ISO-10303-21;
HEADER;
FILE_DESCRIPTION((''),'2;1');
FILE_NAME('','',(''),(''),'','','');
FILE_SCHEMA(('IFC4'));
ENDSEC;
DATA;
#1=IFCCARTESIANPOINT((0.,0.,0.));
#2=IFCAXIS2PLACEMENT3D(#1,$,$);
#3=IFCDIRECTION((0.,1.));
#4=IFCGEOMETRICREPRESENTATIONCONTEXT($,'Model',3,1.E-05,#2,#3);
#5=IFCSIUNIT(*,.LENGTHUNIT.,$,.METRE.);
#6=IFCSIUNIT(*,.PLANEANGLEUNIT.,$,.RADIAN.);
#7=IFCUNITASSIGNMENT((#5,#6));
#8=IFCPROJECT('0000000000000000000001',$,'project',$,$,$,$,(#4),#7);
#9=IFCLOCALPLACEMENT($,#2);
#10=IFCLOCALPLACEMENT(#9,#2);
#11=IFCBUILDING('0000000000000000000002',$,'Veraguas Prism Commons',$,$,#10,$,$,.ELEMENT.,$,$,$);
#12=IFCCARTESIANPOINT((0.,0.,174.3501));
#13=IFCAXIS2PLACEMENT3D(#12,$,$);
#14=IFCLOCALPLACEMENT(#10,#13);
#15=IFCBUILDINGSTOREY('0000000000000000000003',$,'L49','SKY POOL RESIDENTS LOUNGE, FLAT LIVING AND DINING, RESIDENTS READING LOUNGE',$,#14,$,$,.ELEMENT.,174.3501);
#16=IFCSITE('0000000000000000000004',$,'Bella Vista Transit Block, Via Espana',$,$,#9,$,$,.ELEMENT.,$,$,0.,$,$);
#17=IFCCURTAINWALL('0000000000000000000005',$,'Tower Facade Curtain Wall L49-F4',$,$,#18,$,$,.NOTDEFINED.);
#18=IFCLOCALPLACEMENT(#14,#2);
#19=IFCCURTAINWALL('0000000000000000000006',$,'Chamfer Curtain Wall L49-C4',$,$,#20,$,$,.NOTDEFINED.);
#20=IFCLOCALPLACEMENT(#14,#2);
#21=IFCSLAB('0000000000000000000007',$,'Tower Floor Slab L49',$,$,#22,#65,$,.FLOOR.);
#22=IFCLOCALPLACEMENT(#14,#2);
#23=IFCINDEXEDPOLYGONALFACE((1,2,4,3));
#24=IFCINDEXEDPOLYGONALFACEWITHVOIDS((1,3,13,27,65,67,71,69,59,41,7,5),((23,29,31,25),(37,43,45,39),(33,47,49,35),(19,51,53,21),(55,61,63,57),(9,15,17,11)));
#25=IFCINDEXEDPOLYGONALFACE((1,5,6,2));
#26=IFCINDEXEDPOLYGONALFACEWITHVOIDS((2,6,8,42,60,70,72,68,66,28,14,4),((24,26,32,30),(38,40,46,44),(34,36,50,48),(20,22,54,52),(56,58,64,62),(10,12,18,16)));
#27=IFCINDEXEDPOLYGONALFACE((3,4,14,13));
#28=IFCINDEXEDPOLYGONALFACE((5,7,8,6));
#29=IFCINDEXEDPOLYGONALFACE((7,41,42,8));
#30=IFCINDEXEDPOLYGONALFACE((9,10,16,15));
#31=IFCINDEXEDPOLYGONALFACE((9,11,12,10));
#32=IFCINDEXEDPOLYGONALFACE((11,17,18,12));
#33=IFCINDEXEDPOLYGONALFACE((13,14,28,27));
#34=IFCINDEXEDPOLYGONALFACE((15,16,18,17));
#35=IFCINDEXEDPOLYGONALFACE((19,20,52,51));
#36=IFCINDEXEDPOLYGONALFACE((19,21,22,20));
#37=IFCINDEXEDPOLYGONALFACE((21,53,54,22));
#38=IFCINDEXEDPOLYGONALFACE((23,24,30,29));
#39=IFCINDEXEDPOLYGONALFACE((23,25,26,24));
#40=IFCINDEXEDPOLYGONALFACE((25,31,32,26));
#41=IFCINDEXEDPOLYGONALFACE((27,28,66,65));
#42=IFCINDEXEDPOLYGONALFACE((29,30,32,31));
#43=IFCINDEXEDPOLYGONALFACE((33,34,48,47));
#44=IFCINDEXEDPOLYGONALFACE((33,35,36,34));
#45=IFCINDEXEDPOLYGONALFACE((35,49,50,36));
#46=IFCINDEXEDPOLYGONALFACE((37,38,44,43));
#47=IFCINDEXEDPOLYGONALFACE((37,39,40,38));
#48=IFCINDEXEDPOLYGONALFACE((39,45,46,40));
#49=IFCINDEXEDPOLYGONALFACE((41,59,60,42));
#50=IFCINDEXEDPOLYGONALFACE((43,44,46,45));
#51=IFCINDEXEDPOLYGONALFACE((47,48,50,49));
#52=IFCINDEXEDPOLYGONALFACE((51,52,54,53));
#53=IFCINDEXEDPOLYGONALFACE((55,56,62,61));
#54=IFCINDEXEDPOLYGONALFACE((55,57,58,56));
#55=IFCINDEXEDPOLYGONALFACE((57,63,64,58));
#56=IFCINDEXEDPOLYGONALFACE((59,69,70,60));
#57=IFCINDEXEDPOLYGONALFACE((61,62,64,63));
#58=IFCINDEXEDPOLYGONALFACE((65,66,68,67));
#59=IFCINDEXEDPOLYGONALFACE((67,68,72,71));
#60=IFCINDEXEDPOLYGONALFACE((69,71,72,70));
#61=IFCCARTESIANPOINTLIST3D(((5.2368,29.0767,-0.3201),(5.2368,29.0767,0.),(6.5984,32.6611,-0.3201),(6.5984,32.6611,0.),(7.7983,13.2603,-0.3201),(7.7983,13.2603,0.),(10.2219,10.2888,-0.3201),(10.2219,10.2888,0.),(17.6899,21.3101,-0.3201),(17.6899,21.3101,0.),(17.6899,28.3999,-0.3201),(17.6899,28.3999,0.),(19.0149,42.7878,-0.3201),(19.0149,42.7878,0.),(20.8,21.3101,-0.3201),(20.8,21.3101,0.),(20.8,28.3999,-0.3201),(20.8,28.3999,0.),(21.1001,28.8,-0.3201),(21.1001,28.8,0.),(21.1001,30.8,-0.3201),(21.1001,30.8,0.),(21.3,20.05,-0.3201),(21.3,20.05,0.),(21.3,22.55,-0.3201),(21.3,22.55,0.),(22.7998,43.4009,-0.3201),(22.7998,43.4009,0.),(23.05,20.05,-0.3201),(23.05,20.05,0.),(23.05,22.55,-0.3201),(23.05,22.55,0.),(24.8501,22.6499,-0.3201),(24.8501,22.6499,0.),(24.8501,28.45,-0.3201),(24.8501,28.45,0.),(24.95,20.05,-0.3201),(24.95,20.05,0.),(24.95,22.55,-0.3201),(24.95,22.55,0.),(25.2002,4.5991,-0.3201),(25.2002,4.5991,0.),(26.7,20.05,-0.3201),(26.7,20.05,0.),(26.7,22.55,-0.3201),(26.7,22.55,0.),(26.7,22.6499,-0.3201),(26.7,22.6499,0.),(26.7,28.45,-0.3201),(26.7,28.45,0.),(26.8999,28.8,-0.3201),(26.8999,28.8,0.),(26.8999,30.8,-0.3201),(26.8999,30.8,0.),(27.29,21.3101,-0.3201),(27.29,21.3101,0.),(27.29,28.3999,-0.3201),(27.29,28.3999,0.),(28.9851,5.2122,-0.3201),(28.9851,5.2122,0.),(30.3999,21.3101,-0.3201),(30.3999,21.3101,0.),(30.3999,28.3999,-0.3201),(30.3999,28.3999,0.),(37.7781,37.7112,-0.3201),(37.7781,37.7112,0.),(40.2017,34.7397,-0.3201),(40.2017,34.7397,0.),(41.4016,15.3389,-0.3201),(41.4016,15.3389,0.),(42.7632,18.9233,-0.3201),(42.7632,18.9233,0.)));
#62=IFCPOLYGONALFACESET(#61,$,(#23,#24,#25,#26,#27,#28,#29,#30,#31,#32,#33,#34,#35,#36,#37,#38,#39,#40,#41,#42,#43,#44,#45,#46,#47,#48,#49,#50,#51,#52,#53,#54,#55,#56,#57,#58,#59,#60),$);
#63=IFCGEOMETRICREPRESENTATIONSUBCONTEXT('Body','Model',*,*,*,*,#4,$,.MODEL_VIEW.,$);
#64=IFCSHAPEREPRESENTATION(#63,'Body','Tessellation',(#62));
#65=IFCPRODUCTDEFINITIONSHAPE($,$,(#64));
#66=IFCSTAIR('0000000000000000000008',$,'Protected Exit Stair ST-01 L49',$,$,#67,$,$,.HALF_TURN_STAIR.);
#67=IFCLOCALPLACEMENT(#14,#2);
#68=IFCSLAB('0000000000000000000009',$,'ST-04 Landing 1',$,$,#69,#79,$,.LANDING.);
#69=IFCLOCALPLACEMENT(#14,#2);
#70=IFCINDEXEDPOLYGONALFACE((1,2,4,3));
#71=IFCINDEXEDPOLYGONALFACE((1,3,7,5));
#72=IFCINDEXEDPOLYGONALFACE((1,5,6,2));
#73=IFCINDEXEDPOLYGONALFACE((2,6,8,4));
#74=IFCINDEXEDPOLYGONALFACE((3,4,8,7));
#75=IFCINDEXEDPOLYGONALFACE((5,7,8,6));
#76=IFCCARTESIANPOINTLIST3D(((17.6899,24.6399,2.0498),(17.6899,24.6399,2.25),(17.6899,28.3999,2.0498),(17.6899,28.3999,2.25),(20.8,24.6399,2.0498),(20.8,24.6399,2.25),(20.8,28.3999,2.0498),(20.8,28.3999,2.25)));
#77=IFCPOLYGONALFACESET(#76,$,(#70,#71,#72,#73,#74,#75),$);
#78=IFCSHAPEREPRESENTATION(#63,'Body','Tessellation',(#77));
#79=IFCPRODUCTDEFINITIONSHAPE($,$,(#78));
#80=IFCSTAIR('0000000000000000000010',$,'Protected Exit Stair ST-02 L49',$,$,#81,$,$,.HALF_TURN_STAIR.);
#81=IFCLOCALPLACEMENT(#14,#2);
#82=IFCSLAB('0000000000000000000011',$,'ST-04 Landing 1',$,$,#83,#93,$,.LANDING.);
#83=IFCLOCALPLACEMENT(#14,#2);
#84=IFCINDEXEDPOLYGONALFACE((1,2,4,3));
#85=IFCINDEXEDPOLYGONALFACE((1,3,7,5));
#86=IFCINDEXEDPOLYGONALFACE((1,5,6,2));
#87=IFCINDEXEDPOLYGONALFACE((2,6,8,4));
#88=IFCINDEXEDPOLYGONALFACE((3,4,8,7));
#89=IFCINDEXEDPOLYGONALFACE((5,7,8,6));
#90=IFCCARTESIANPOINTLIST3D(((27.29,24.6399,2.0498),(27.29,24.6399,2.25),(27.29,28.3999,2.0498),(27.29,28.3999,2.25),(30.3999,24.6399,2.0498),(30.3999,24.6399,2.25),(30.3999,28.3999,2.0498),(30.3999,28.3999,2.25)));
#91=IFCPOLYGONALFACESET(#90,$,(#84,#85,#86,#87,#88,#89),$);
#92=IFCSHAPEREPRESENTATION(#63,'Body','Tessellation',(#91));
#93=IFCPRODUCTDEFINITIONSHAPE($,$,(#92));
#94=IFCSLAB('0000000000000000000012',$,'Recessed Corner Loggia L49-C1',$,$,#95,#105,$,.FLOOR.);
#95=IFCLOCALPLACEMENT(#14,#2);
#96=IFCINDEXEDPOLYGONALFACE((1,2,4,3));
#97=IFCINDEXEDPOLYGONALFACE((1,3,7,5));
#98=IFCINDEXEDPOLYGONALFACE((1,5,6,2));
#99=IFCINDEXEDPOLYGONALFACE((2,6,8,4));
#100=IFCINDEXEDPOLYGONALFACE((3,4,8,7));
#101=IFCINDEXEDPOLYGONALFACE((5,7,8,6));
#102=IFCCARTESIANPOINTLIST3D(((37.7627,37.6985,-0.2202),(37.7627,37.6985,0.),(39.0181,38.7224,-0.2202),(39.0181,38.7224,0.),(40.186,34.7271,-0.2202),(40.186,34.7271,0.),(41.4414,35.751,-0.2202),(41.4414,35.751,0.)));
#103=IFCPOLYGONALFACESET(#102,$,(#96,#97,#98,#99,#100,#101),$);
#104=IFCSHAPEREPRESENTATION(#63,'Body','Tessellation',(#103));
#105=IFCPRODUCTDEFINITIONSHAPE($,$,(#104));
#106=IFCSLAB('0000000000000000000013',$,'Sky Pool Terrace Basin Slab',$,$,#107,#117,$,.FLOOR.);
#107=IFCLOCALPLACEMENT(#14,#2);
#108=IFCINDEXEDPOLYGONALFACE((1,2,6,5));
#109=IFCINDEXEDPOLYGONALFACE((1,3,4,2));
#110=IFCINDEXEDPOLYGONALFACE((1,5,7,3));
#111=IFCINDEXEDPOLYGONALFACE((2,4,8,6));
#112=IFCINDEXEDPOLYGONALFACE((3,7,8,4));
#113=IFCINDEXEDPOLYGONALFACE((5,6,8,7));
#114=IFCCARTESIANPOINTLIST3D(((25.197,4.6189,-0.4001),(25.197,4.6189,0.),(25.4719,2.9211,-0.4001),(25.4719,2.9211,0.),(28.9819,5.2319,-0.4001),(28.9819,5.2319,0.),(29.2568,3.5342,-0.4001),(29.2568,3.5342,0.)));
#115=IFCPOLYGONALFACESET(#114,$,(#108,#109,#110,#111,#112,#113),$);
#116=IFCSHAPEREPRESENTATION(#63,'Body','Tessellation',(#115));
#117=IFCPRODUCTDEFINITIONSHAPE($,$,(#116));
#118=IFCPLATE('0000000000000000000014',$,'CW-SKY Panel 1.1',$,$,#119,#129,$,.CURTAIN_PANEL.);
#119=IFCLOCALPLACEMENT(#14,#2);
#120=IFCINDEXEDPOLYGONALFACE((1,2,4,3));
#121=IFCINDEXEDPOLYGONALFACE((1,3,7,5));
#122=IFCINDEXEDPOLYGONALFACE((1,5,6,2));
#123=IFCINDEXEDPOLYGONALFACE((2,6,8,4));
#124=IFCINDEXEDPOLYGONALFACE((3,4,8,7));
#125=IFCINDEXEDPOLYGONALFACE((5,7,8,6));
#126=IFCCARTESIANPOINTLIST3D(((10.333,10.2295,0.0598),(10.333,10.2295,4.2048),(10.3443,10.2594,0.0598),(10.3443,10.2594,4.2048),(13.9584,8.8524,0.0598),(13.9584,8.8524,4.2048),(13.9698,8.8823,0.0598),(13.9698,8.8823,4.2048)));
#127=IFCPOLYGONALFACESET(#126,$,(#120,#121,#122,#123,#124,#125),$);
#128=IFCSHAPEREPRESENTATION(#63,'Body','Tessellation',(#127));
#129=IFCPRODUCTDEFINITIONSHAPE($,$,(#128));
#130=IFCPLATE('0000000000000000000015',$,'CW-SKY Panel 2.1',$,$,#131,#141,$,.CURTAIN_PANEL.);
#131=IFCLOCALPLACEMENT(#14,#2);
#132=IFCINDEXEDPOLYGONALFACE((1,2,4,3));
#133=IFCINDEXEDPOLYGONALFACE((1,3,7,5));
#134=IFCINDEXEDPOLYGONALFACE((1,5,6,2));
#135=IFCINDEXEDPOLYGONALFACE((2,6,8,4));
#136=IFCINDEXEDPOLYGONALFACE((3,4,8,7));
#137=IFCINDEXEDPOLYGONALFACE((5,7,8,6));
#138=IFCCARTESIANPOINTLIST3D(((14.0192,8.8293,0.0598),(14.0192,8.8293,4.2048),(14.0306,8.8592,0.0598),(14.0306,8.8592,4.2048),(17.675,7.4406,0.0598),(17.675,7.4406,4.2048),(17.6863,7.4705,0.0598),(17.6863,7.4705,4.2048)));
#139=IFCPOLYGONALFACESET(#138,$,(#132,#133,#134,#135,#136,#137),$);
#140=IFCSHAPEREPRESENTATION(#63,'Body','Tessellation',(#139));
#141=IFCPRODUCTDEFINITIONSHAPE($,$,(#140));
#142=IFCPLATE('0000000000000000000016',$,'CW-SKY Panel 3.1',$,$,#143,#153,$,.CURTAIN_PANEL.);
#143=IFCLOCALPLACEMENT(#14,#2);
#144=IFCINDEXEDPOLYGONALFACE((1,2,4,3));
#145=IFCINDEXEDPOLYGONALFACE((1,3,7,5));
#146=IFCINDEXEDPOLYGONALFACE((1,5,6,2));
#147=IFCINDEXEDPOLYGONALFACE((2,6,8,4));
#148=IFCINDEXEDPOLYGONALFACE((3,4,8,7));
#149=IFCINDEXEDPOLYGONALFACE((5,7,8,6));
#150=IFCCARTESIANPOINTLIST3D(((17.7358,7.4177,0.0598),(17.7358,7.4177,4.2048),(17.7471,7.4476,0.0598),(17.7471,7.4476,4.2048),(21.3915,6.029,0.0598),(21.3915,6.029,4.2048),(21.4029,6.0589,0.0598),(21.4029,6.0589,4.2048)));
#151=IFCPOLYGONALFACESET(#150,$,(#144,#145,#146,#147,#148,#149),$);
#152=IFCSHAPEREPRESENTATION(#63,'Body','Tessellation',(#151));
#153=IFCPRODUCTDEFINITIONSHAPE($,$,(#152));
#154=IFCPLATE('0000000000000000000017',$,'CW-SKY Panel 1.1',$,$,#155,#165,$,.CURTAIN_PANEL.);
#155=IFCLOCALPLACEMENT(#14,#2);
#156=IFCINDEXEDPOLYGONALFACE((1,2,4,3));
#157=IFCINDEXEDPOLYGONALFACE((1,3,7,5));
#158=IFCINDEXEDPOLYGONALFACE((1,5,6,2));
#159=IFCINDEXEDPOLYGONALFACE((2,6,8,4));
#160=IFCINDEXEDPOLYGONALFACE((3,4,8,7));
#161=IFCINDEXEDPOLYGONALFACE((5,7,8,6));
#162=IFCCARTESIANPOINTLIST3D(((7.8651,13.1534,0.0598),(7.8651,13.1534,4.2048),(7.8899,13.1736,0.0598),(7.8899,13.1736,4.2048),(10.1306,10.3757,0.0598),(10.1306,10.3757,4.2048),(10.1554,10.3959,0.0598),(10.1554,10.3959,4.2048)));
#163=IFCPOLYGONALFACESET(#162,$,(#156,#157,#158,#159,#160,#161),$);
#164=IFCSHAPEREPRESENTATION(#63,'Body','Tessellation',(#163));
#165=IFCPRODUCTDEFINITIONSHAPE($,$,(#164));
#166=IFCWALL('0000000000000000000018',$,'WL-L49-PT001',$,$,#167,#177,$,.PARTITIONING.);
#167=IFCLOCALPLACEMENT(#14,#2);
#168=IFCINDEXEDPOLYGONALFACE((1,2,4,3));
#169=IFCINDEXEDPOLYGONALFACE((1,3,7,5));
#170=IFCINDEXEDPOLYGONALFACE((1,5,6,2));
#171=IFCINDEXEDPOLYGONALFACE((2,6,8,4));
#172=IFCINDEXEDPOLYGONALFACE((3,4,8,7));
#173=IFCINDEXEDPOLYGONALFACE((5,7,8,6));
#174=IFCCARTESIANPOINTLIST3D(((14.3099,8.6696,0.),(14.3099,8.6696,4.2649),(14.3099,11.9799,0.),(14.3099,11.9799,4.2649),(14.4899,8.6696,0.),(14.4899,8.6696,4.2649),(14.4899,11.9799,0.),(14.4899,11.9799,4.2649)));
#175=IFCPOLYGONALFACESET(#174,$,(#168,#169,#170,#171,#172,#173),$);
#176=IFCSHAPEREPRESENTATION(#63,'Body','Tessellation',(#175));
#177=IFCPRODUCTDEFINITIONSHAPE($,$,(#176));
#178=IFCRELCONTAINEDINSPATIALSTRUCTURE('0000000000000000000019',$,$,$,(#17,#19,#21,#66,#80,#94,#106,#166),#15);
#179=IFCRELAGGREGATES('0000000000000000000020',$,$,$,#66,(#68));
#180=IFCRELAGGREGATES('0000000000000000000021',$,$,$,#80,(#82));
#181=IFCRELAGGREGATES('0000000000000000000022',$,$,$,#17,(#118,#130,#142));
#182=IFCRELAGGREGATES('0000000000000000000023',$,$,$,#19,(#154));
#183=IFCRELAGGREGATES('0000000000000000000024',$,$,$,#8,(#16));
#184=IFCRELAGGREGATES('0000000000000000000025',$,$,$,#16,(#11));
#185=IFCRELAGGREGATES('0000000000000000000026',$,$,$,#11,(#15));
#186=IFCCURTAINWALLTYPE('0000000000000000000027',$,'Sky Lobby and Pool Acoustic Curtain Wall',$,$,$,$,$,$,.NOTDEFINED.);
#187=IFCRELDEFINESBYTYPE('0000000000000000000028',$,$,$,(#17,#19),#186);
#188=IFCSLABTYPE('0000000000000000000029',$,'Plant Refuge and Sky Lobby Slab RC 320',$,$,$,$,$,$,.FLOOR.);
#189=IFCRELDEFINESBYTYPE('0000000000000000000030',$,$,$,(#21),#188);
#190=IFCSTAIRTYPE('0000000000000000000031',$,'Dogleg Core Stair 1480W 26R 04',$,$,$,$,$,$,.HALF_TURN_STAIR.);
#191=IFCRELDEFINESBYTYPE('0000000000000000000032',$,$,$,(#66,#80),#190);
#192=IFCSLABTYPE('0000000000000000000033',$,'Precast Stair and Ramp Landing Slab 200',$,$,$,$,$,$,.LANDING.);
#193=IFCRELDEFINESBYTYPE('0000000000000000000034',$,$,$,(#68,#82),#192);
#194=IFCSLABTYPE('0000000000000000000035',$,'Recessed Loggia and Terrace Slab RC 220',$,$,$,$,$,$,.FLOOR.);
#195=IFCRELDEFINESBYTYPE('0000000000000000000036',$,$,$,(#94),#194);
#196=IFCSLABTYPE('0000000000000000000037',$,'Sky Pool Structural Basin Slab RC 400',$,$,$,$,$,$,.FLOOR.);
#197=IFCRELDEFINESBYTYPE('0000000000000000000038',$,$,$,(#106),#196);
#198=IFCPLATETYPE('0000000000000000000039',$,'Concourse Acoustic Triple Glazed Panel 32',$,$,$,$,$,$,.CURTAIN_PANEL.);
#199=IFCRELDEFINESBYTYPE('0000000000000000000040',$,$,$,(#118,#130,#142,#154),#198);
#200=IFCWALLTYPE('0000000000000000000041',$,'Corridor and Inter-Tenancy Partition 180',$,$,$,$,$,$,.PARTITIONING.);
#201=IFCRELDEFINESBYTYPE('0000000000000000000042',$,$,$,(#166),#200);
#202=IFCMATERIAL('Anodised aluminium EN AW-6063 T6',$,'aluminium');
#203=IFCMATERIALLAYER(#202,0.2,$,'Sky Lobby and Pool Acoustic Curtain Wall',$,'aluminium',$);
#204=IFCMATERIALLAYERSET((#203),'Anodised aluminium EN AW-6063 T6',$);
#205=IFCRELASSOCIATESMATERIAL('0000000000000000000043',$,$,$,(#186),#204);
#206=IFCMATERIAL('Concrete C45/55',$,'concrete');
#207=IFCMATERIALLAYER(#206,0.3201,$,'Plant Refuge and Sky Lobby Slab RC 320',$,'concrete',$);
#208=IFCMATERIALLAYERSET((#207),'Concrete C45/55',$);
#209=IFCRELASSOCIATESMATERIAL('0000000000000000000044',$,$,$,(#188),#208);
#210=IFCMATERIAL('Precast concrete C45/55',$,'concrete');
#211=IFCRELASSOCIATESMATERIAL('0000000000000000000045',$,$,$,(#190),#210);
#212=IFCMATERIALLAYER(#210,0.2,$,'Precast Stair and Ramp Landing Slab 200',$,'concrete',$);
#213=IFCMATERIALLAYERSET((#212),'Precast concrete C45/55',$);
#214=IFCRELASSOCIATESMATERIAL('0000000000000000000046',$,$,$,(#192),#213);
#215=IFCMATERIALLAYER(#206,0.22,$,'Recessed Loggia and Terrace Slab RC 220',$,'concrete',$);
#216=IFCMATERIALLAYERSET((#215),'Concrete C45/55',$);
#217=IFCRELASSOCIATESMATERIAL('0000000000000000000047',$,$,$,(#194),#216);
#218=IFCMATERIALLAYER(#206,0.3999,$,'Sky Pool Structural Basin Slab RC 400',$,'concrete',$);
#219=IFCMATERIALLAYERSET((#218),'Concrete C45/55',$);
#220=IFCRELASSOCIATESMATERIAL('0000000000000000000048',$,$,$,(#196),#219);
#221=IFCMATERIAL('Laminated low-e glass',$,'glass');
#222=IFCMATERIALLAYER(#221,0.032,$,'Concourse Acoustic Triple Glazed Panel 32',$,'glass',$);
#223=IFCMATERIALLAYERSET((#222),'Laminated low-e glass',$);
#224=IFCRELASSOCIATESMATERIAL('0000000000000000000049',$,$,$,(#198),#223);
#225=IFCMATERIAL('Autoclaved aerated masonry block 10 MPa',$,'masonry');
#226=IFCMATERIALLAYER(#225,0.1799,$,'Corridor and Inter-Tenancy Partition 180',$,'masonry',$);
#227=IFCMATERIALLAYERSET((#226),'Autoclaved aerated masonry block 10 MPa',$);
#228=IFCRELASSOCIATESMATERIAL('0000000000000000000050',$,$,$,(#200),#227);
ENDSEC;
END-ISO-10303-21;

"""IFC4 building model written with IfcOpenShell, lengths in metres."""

from ifc_helpers import new_model, si_unit, direction, frame, frame_2d, origin, origin_2d, place, context, subcontext, project, spatial, polyline, rectangle, outline, extrude, source, transform, mapped, material, layer, layer_set, type_object, element, aggregate, save


model = new_model("IFC4")

# Units and contexts
model_context = context("Model", 3, precision=1e-05, world=origin(), true_north=direction((0.0, 1.0)))
body_context = subcontext(model_context, "Body", "Model", "MODEL_VIEW")
ifc_project = project(units=[si_unit("LENGTHUNIT", "METRE"), si_unit("PLANEANGLEUNIT", "RADIAN")], contexts=[model_context])

# Site, building, storey
site_placement = place(None, origin())
site = spatial("IfcSite", under=ifc_project, at=site_placement, Name="Bella Vista Transit Block, Via Espana", CompositionType="ELEMENT", RefElevation=0.0)
building_placement = place(site_placement, origin())
building = spatial("IfcBuilding", under=site, at=building_placement, Name="Veraguas Prism Commons", CompositionType="ELEMENT")
storey_placement = place(building_placement, frame((0.0, 0.0, 174.3501)))
storey = spatial("IfcBuildingStorey", under=building, at=storey_placement, Name="L49", Description="SKY POOL RESIDENTS LOUNGE, FLAT LIVING AND DINING, RESIDENTS READING LOUNGE", CompositionType="ELEMENT", Elevation=174.3501)

# Curtain wall
ifc_material_1 = material(Name="Anodised aluminium EN AW-6063 T6", Category="aluminium")
ifc_layer_1 = layer(ifc_material_1, 0.2, Name="Sky Lobby and Pool Acoustic Curtain Wall", Category="aluminium")
ifc_layer_set_1 = layer_set([ifc_layer_1], Name="Anodised aluminium EN AW-6063 T6")
curtain_wall_type = type_object("IfcCurtainWallType", Name="Sky Lobby and Pool Acoustic Curtain Wall", PredefinedType="NOTDEFINED", material=ifc_layer_set_1)
curtain_wall_1_placement = place(storey_placement, origin())
curtain_wall_1 = element("IfcCurtainWall", 1, at=curtain_wall_1_placement, inside=storey, type_object=curtain_wall_type, Name="Tower Facade Curtain Wall L49-F4", PredefinedType="NOTDEFINED")

# Curtain wall
curtain_wall_2_placement = place(storey_placement, origin())
curtain_wall_2 = element("IfcCurtainWall", 2, at=curtain_wall_2_placement, inside=storey, type_object=curtain_wall_type, Name="Chamfer Curtain Wall L49-C4", PredefinedType="NOTDEFINED")

# Slab
ifc_material_2 = material(Name="Concrete C45/55", Category="concrete")
ifc_layer_2 = layer(ifc_material_2, 0.3201, Name="Plant Refuge and Sky Lobby Slab RC 320", Category="concrete")
ifc_layer_set_2 = layer_set([ifc_layer_2], Name="Concrete C45/55")
slab_type_1 = type_object("IfcSlabType", Name="Plant Refuge and Sky Lobby Slab RC 320", PredefinedType="FLOOR", material=ifc_layer_set_2)
slab_1_placement = place(storey_placement, frame((0.0, 0.0, -0.3201)))
element("IfcSlab", 3, at=slab_1_placement, inside=storey, type_object=slab_type_1, Name="Tower Floor Slab L49", PredefinedType="FLOOR", context=body_context, shape_type="SweptSolid", body=[
    extrude(outline(polyline([(40.2017, 34.7397), (37.7781, 37.7112), (22.7998, 43.4009), (19.0149, 42.7878), (6.5984, 32.6611), (5.2368, 29.0767), (7.7983, 13.2603), (10.2219, 10.2888), (25.2002, 4.5991), (28.9851, 5.2122), (41.4016, 15.3389), (42.7632, 18.9233), (40.2017, 34.7397)]), holes=[polyline([(20.8, 21.3101), (20.8, 28.3999), (17.6899, 28.3999), (17.6899, 21.3101), (20.8, 21.3101)]), polyline([(30.3999, 21.3101), (30.3999, 28.3999), (27.29, 28.3999), (27.29, 21.3101), (30.3999, 21.3101)]), polyline([(24.8501, 22.6499), (26.7, 22.6499), (26.7, 28.45), (24.8501, 28.45), (24.8501, 22.6499)]), polyline([(21.1001, 28.8), (26.8999, 28.8), (26.8999, 30.8), (21.1001, 30.8), (21.1001, 28.8)]), polyline([(21.3, 20.05), (23.05, 20.05), (23.05, 22.55), (21.3, 22.55), (21.3, 20.05)]), polyline([(24.95, 20.05), (26.7, 20.05), (26.7, 22.55), (24.95, 22.55), (24.95, 20.05)])]), origin(), (0.0, 0.0, 1.0), 0.3201),
])

# Stairs, slabs
ifc_material_3 = material(Name="Precast concrete C45/55", Category="concrete")
stair_type = type_object("IfcStairType", Name="Dogleg Core Stair 1480W 26R 04", PredefinedType="HALF_TURN_STAIR", material=ifc_material_3)
stair_1_placement = place(storey_placement, origin())
stair_1 = element("IfcStair", 4, at=stair_1_placement, inside=storey, type_object=stair_type, Name="Protected Exit Stair ST-01 L49", PredefinedType="HALF_TURN_STAIR")
ifc_layer_3 = layer(ifc_material_3, 0.2, Name="Precast Stair and Ramp Landing Slab 200", Category="concrete")
ifc_layer_set_3 = layer_set([ifc_layer_3], Name="Precast concrete C45/55")
slab_type_2 = type_object("IfcSlabType", Name="Precast Stair and Ramp Landing Slab 200", PredefinedType="LANDING", material=ifc_layer_set_3)
slab_2_placement = place(storey_placement, frame((0.0, 0.0, 2.0498)))
slab_2 = element("IfcSlab", 5, at=slab_2_placement, type_object=slab_type_2, Name="ST-04 Landing 1", PredefinedType="LANDING", context=body_context, shape_type="SweptSolid", body=[
    extrude(outline(polyline([(20.8, 24.6399), (20.8, 28.3999), (17.6899, 28.3999), (17.6899, 24.6399), (20.8, 24.6399)])), origin(), (0.0, 0.0, 1.0), 0.2002),
])
aggregate(stair_1, [slab_2])
stair_2_placement = place(storey_placement, origin())
stair_2 = element("IfcStair", 6, at=stair_2_placement, inside=storey, type_object=stair_type, Name="Protected Exit Stair ST-02 L49", PredefinedType="HALF_TURN_STAIR")
slab_3_placement = place(storey_placement, frame((0.0, 0.0, 2.0498)))
slab_3 = element("IfcSlab", 7, at=slab_3_placement, type_object=slab_type_2, Name="ST-04 Landing 1", PredefinedType="LANDING", context=body_context, shape_type="SweptSolid", body=[
    extrude(outline(polyline([(30.3999, 24.6399), (30.3999, 28.3999), (27.29, 28.3999), (27.29, 24.6399), (30.3999, 24.6399)])), origin(), (0.0, 0.0, 1.0), 0.2002),
])
aggregate(stair_2, [slab_3])

# Slabs
ifc_layer_4 = layer(ifc_material_2, 0.22, Name="Recessed Loggia and Terrace Slab RC 220", Category="concrete")
ifc_layer_set_4 = layer_set([ifc_layer_4], Name="Concrete C45/55")
slab_type_3 = type_object("IfcSlabType", Name="Recessed Loggia and Terrace Slab RC 220", PredefinedType="FLOOR", material=ifc_layer_set_4)
slab_4_placement = place(storey_placement, frame((0.0, 0.0, -0.2202)))
element("IfcSlab", 8, at=slab_4_placement, inside=storey, type_object=slab_type_3, Name="Recessed Corner Loggia L49-C1", PredefinedType="FLOOR", context=body_context, shape_type="SweptSolid", body=[
    extrude(outline(polyline([(40.186, 34.7271), (41.4414, 35.751), (39.0181, 38.7224), (37.7627, 37.6985), (40.186, 34.7271)])), origin(), (0.0, 0.0, 1.0), 0.2202),
])
ifc_layer_5 = layer(ifc_material_2, 0.3999, Name="Sky Pool Structural Basin Slab RC 400", Category="concrete")
ifc_layer_set_5 = layer_set([ifc_layer_5], Name="Concrete C45/55")
slab_type_4 = type_object("IfcSlabType", Name="Sky Pool Structural Basin Slab RC 400", PredefinedType="FLOOR", material=ifc_layer_set_5)
slab_5_placement = place(storey_placement, frame((0.0, 0.0, -0.4001)))
element("IfcSlab", 9, at=slab_5_placement, inside=storey, type_object=slab_type_4, Name="Sky Pool Terrace Basin Slab", PredefinedType="FLOOR", context=body_context, shape_type="SweptSolid", body=[
    extrude(outline(polyline([(25.197, 4.6189), (25.4719, 2.9211), (29.2568, 3.5342), (28.9819, 5.2319), (25.197, 4.6189)])), origin(), (0.0, 0.0, 1.0), 0.4001),
])

# Plates
ifc_material_4 = material(Name="Laminated low-e glass", Category="glass")
ifc_layer_6 = layer(ifc_material_4, 0.032, Name="Concourse Acoustic Triple Glazed Panel 32", Category="glass")
ifc_layer_set_6 = layer_set([ifc_layer_6], Name="Laminated low-e glass")
plate_type = type_object("IfcPlateType", Name="Concourse Acoustic Triple Glazed Panel 32", PredefinedType="CURTAIN_PANEL", material=ifc_layer_set_6)
shared_shape_1 = source(origin(), body_context, "Body", "SweptSolid", [
    extrude(rectangle(XDim=3.8782, YDim=0.032, at=origin_2d()), origin(), (0.0, 0.0, 1.0), 4.145),
])
plate_1_placement = place(storey_placement, frame((12.1514, 9.5559, 0.0598), z_axis=(0.0, 0.0, 1.0), x_axis=(0.934825, -0.355109, 0.0)))
plate_1 = element("IfcPlate", 10, at=plate_1_placement, type_object=plate_type, Name="CW-SKY Panel 1.1", PredefinedType="CURTAIN_PANEL", context=body_context, shape_type="MappedRepresentation", body=[
    mapped(shared_shape_1, transform((0.0, 0.0, 0.0), scale=1.0)),
])
shared_shape_2 = source(origin(), body_context, "Body", "SweptSolid", [
    extrude(rectangle(XDim=3.9106, YDim=0.032, at=origin_2d()), origin(), (0.0, 0.0, 1.0), 4.145),
])
plate_2_placement = place(storey_placement, frame((15.8528, 8.1499, 0.0598), z_axis=(0.0, 0.0, 1.0), x_axis=(0.934825, -0.355109, 0.0)))
plate_2 = element("IfcPlate", 11, at=plate_2_placement, type_object=plate_type, Name="CW-SKY Panel 2.1", PredefinedType="CURTAIN_PANEL", context=body_context, shape_type="MappedRepresentation", body=[
    mapped(shared_shape_2, transform((0.0, 0.0, 0.0), scale=1.0)),
])
plate_3_placement = place(storey_placement, frame((19.5693, 6.7383, 0.0598), z_axis=(0.0, 0.0, 1.0), x_axis=(0.934825, -0.355109, 0.0)))
plate_3 = element("IfcPlate", 12, at=plate_3_placement, type_object=plate_type, Name="CW-SKY Panel 3.1", PredefinedType="CURTAIN_PANEL", context=body_context, shape_type="MappedRepresentation", body=[
    mapped(shared_shape_2, transform((0.0, 0.0, 0.0), scale=1.0)),
])
aggregate(curtain_wall_1, [plate_1, plate_2, plate_3])
shared_shape_3 = source(origin(), body_context, "Body", "SweptSolid", [
    extrude(rectangle(XDim=3.5845, YDim=0.032, at=origin_2d()), origin(), (0.0, 0.0, 1.0), 4.145),
])
plate_4_placement = place(storey_placement, frame((9.0103, 11.7747, 0.0598), z_axis=(0.0, 0.0, 1.0), x_axis=(0.632051, -0.774927, 0.0)))
plate_4 = element("IfcPlate", 13, at=plate_4_placement, type_object=plate_type, Name="CW-SKY Panel 1.1", PredefinedType="CURTAIN_PANEL", context=body_context, shape_type="MappedRepresentation", body=[
    mapped(shared_shape_3, transform((0.0, 0.0, 0.0), scale=1.0)),
])
aggregate(curtain_wall_2, [plate_4])

# Wall
ifc_material_5 = material(Name="Autoclaved aerated masonry block 10 MPa", Category="masonry")
ifc_layer_7 = layer(ifc_material_5, 0.1799, Name="Corridor and Inter-Tenancy Partition 180", Category="masonry")
ifc_layer_set_7 = layer_set([ifc_layer_7], Name="Autoclaved aerated masonry block 10 MPa")
wall_type = type_object("IfcWallType", Name="Corridor and Inter-Tenancy Partition 180", PredefinedType="PARTITIONING", material=ifc_layer_set_7)
wall_1_placement = place(storey_placement, frame((14.3999, 11.98, 0.0), z_axis=(0.0, 0.0, 1.0), x_axis=(0.0, -1.0, 0.0)))
element("IfcWall", 14, at=wall_1_placement, inside=storey, type_object=wall_type, Name="WL-L49-PT001", PredefinedType="PARTITIONING", context=body_context, shape_type="SweptSolid", body=[
    extrude(rectangle(XDim=3.3103, YDim=0.1799, at=frame_2d((1.6553, 0.0))), origin(), (0.0, 0.0, 1.0), 4.2649),
])

save(model, "model.ifc")
